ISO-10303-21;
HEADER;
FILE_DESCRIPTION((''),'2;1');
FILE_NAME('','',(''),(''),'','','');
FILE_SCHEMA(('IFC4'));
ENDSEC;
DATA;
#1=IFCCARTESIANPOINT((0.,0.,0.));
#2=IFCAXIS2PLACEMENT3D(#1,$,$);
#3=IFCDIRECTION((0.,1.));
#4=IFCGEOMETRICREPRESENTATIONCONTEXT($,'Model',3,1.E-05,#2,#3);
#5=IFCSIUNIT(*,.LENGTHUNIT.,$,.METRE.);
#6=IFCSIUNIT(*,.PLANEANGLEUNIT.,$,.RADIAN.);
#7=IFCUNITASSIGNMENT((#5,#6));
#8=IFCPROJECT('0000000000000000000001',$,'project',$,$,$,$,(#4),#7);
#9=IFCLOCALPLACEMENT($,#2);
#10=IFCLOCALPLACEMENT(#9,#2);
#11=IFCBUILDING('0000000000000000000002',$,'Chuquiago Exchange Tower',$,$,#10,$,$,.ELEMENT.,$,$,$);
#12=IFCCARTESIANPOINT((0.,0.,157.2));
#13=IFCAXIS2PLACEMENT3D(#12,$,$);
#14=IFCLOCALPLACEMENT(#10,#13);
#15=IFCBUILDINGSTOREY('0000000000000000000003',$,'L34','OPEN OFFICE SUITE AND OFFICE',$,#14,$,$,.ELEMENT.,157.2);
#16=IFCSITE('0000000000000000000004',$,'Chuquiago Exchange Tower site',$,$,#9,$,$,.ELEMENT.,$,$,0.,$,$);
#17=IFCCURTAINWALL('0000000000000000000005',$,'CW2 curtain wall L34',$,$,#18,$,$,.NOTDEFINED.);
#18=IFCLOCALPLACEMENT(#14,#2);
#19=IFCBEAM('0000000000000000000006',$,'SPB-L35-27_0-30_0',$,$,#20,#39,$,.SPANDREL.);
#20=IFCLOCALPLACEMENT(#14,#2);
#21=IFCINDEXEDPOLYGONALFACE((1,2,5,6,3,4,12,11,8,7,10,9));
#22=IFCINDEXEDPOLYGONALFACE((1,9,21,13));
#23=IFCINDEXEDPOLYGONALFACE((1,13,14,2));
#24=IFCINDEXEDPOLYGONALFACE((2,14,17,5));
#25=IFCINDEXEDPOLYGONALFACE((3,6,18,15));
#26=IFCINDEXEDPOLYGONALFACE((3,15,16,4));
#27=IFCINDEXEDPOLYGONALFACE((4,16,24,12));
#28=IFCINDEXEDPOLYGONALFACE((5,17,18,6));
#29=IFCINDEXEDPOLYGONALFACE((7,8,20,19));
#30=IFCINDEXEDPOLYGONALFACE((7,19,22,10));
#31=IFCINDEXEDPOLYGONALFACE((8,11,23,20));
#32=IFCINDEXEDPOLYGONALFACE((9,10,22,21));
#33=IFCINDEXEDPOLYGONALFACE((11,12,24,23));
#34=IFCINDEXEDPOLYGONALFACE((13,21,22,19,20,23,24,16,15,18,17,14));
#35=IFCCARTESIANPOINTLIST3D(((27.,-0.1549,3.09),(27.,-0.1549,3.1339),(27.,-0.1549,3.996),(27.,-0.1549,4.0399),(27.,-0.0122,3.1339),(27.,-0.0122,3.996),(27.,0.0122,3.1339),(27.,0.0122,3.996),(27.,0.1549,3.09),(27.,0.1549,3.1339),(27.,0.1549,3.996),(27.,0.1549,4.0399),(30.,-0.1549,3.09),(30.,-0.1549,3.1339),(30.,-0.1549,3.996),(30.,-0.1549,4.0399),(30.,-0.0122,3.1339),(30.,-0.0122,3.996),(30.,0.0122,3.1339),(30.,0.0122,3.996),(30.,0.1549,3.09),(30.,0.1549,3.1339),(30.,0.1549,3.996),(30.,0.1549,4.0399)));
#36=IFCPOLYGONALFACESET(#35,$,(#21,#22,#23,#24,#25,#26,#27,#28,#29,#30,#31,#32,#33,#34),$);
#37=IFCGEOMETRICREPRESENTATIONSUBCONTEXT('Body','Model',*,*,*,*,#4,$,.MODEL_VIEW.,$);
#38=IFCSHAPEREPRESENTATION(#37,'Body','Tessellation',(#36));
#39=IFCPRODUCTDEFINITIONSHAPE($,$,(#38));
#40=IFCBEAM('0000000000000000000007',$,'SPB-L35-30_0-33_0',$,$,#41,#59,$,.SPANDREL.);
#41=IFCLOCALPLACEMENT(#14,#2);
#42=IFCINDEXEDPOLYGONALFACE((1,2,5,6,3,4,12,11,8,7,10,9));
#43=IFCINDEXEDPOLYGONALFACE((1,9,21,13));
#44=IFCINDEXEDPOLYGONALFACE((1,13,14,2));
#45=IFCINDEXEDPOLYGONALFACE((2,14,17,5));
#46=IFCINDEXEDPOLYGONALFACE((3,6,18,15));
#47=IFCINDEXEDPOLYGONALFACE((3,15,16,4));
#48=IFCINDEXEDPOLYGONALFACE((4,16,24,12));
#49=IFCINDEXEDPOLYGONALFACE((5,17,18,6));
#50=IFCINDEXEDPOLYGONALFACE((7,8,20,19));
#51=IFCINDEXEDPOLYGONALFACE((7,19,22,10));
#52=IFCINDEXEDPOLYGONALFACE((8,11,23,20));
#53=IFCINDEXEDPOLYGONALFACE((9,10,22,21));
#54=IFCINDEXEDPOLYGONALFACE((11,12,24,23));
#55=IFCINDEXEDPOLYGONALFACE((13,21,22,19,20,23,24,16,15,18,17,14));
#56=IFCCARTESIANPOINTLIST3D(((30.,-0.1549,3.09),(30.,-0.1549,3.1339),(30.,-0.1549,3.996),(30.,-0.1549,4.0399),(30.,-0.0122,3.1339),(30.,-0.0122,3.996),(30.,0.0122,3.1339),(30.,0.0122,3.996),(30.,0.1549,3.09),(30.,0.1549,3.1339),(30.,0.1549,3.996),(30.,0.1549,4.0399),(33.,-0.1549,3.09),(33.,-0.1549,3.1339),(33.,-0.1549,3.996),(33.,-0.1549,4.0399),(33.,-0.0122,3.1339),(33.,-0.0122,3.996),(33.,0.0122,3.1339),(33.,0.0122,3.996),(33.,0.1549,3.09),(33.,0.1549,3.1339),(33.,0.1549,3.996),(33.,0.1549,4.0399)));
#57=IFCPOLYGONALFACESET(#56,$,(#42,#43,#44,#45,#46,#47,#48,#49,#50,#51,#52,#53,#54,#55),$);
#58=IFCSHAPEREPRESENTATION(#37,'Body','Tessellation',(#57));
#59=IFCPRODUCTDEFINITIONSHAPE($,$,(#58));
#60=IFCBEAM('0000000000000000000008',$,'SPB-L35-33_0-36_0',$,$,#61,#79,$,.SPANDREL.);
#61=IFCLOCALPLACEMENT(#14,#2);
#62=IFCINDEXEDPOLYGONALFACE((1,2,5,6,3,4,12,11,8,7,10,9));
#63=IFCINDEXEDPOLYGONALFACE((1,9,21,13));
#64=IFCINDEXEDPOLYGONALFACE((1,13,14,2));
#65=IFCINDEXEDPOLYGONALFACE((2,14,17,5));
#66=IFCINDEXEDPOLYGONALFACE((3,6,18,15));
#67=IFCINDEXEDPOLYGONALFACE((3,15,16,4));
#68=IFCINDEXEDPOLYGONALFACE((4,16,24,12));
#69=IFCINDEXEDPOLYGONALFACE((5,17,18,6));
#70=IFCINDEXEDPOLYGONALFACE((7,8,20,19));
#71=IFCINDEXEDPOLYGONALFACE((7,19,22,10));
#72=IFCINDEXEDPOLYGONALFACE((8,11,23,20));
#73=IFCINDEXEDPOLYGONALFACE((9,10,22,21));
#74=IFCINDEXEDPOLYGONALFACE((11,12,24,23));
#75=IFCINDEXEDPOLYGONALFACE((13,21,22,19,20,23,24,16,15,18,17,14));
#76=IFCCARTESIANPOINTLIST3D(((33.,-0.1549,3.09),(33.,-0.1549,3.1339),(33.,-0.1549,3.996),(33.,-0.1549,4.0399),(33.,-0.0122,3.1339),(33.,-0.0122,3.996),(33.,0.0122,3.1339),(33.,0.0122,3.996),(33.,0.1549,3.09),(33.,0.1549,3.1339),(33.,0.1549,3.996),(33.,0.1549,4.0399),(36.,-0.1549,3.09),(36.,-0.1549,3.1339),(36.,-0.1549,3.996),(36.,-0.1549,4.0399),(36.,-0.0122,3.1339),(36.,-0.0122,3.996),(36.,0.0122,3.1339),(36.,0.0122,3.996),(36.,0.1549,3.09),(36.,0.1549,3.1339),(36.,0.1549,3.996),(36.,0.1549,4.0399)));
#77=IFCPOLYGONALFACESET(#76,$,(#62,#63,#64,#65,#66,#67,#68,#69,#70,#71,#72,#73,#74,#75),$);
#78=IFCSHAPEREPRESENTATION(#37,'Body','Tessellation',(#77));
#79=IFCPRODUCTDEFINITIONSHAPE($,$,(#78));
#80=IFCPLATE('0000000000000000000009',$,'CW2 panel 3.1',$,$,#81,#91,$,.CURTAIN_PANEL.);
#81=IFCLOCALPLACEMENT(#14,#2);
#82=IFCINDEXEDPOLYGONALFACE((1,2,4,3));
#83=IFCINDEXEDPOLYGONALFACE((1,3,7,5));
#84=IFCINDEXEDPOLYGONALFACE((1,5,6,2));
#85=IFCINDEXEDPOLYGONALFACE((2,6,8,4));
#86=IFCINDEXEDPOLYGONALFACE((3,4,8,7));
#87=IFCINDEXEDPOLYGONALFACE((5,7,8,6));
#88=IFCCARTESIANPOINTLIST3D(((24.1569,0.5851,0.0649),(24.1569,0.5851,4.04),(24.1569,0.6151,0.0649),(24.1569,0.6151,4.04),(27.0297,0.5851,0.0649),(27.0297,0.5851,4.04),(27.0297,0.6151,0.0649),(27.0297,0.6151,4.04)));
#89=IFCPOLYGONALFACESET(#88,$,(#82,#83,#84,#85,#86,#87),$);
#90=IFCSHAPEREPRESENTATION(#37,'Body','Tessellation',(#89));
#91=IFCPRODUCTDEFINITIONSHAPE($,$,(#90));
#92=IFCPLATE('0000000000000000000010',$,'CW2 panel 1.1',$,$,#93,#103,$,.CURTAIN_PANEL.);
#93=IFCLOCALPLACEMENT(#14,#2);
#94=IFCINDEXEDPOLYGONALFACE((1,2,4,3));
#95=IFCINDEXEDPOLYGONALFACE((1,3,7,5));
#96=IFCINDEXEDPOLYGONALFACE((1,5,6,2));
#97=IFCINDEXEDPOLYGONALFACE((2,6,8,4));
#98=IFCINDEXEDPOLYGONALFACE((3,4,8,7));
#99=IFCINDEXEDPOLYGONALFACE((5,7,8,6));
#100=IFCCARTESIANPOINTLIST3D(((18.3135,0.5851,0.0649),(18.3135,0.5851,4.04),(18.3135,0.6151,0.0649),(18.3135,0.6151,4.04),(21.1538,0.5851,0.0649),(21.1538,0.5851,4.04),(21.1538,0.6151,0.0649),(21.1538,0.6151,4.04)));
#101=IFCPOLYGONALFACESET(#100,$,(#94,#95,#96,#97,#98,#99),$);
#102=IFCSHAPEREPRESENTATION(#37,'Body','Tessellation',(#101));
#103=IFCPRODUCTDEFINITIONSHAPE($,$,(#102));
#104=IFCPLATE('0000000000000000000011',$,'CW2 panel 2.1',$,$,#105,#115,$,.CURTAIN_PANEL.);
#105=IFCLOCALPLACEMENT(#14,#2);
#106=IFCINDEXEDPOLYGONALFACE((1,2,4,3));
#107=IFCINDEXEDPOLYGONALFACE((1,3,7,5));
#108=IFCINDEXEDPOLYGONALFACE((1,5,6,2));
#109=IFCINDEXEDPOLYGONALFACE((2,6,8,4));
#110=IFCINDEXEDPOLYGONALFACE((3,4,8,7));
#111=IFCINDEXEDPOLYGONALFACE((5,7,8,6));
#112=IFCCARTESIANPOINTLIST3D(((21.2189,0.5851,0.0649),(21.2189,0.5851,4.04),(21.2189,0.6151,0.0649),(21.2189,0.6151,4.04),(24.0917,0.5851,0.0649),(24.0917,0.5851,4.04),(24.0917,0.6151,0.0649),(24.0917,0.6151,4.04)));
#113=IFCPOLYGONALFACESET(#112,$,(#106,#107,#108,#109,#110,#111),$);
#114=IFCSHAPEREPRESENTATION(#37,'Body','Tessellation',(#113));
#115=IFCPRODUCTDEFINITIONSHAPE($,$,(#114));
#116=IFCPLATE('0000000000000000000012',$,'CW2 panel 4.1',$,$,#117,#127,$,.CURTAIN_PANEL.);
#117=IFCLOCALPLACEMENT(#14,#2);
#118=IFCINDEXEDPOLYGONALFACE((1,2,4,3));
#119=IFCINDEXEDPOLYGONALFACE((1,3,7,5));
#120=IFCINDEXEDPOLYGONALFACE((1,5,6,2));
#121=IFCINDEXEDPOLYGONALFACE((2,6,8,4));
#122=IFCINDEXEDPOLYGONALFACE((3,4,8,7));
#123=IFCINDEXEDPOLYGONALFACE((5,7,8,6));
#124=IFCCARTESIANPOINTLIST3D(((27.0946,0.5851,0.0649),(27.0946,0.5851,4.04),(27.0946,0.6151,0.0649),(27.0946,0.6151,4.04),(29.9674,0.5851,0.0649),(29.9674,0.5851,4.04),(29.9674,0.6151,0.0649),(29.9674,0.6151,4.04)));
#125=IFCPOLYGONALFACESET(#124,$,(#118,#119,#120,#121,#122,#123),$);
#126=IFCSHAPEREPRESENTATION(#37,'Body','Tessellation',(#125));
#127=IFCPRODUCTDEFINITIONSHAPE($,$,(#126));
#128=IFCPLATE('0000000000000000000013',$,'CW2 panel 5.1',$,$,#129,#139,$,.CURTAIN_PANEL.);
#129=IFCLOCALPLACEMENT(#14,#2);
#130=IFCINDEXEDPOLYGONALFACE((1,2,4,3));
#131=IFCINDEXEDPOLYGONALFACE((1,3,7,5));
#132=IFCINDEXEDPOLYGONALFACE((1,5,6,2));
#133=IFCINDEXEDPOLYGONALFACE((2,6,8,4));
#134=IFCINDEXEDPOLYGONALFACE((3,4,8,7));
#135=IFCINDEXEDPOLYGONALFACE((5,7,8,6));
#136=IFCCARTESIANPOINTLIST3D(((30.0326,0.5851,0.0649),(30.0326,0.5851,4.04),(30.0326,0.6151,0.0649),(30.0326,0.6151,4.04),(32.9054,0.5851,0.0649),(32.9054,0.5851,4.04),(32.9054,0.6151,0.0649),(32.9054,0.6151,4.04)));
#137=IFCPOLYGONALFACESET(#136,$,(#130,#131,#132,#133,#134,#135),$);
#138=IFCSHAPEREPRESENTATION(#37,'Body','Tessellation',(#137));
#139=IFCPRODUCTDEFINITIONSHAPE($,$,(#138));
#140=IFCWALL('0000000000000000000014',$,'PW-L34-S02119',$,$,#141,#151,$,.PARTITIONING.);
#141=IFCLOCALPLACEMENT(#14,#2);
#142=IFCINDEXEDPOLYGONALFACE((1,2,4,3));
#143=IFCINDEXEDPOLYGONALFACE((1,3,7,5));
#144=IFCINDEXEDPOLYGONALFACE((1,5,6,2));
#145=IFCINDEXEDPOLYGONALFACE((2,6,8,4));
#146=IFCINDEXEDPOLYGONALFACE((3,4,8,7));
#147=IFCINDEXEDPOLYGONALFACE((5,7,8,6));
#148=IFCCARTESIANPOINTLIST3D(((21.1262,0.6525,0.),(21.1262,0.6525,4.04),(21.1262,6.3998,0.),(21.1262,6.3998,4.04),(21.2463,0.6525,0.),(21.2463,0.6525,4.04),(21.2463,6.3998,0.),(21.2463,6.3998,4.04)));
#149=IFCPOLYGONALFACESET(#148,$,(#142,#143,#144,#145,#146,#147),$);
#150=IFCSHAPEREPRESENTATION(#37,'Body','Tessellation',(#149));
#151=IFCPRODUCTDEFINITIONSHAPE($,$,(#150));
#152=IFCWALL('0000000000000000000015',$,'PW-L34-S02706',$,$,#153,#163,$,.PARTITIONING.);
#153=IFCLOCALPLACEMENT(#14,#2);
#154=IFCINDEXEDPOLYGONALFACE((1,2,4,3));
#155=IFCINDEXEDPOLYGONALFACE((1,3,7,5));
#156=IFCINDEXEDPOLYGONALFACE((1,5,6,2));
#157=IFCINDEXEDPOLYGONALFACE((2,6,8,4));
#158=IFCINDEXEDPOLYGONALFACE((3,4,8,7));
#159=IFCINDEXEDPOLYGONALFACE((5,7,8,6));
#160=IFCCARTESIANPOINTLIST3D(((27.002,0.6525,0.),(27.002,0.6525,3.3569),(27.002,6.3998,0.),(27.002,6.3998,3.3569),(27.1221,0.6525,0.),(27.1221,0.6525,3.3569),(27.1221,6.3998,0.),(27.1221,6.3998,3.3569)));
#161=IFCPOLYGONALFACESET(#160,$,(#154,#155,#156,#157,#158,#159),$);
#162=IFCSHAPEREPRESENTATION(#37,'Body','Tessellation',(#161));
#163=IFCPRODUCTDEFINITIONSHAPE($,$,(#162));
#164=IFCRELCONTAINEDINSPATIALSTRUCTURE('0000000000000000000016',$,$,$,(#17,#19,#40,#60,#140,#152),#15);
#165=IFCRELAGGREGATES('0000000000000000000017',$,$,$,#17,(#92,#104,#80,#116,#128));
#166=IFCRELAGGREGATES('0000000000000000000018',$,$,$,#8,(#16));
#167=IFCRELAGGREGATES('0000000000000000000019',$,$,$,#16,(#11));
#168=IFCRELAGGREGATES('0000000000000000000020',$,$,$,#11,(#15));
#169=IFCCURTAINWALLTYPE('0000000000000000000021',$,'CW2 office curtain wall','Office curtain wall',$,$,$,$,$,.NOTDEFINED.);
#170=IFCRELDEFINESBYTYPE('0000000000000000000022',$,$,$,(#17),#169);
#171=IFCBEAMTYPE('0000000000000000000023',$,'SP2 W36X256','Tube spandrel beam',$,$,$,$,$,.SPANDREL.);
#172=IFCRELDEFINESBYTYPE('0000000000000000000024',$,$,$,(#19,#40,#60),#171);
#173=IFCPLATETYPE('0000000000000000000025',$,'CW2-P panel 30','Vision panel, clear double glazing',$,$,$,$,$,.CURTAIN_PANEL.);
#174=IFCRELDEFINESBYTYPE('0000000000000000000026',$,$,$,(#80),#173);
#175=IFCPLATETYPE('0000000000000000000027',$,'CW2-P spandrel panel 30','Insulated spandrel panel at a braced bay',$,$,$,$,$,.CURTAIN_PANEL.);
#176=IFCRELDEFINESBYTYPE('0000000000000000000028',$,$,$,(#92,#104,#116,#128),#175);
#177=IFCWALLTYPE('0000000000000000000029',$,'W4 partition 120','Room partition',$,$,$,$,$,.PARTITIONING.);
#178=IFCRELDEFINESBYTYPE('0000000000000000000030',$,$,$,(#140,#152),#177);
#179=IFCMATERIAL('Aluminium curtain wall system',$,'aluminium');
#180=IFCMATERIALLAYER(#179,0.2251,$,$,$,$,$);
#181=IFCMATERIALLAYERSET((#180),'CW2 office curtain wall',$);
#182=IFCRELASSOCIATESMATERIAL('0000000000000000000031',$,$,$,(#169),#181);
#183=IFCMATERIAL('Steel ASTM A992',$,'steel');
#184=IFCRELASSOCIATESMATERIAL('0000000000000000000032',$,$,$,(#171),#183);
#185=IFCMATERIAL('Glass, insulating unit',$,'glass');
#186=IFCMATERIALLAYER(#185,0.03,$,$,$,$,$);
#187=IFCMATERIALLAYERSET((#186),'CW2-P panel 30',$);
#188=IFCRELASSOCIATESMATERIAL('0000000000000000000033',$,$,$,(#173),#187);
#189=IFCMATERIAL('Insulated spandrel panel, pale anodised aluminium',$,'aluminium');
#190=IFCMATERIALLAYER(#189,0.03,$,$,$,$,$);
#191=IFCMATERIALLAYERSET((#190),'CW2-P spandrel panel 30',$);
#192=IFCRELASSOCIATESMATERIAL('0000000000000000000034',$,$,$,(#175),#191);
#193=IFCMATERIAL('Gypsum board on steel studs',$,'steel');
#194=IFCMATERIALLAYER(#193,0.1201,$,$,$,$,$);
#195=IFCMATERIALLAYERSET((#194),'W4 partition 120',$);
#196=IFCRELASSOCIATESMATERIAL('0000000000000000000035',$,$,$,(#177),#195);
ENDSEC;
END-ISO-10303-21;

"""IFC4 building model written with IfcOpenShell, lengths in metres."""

from ifc_helpers import new_model, si_unit, direction, frame, frame_2d, origin, origin_2d, place, context, subcontext, project, spatial, rectangle, i_section, extrude, material, layer, layer_set, material_profile, profile_set, type_object, element, aggregate, save


model = new_model("IFC4")

# Units and contexts
model_context = context("Model", 3, precision=1e-05, world=origin(), true_north=direction((0.0, 1.0)))
body_context = subcontext(model_context, "Body", "Model", "MODEL_VIEW")
ifc_project = project(units=[si_unit("LENGTHUNIT", "METRE"), si_unit("PLANEANGLEUNIT", "RADIAN")], contexts=[model_context])

# Site, building, storey
site_placement = place(None, origin())
site = spatial("IfcSite", under=ifc_project, at=site_placement, Name="Chuquiago Exchange Tower site", CompositionType="ELEMENT", RefElevation=0.0)
building_placement = place(site_placement, origin())
building = spatial("IfcBuilding", under=site, at=building_placement, Name="Chuquiago Exchange Tower", CompositionType="ELEMENT")
storey_placement = place(building_placement, frame((0.0, 0.0, 157.2)))
storey = spatial("IfcBuildingStorey", under=building, at=storey_placement, Name="L34", Description="OPEN OFFICE SUITE AND OFFICE", CompositionType="ELEMENT", Elevation=157.2)

# Curtain wall
ifc_material_1 = material(Name="Aluminium curtain wall system", Category="aluminium")
ifc_layer_1 = layer(ifc_material_1, 0.2251)
ifc_layer_set_1 = layer_set([ifc_layer_1], Name="CW2 office curtain wall")
curtain_wall_type_1 = type_object("IfcCurtainWallType", Name="CW2 office curtain wall", Description="Office curtain wall", PredefinedType="NOTDEFINED", material=ifc_layer_set_1)
curtain_wall_1_placement = place(storey_placement, origin())
curtain_wall_1 = element("IfcCurtainWall", 1, at=curtain_wall_1_placement, inside=storey, type_object=curtain_wall_type_1, Name="CW2 curtain wall L34", PredefinedType="NOTDEFINED")

# Beams
ifc_material_2 = material(Name="Steel ASTM A992", Category="steel")
ifc_material_profile_1 = material_profile(ifc_material_2, i_section(OverallWidth=0.3098, OverallDepth=0.95, WebThickness=0.0244, FlangeThickness=0.0439, at=origin_2d()), Name="W36X256")
ifc_profile_set_1 = profile_set([ifc_material_profile_1], Name="Steel ASTM A992")
beam_type = type_object("IfcBeamType", Name="SP2 W36X256", Description="Tube spandrel beam", PredefinedType="SPANDREL", material=ifc_profile_set_1)
for number, where, z_axis, x_axis, name in (
    (2, (27.0, 0.0, 3.5649), (1.0, 0.0, 0.0), (0.0, 1.0, 0.0), "SPB-L35-27_0-30_0"),
    (3, (30.0, 0.0, 3.5649), (1.0, 0.0, 0.0), (0.0, 1.0, 0.0), "SPB-L35-30_0-33_0"),
    (4, (33.0, 0.0, 3.5649), (1.0, 0.0, 0.0), (0.0, 1.0, 0.0), "SPB-L35-33_0-36_0"),
):
    element("IfcBeam", number, at=place(storey_placement, frame(where, z_axis=z_axis, x_axis=x_axis)), inside=storey, type_object=beam_type, Name=name, PredefinedType="SPANDREL", context=body_context, shape_type="SweptSolid", body=[
        extrude(i_section(OverallWidth=0.3098, OverallDepth=0.95, WebThickness=0.0244, FlangeThickness=0.0439, at=origin_2d()), origin(), (0.0, 0.0, 1.0), 3.0),
    ])

# Plates
ifc_material_3 = material(Name="Glass, insulating unit", Category="glass")
ifc_layer_2 = layer(ifc_material_3, 0.03)
ifc_layer_set_2 = layer_set([ifc_layer_2], Name="CW2-P panel 30")
plate_type_1 = type_object("IfcPlateType", Name="CW2-P panel 30", Description="Vision panel, clear double glazing", PredefinedType="CURTAIN_PANEL", material=ifc_layer_set_2)
plate_1_placement = place(storey_placement, frame((25.5933, 0.6001, 0.0649), z_axis=(0.0, 0.0, 1.0), x_axis=(1.0, 0.0, 0.0)))
plate_1 = element("IfcPlate", 5, at=plate_1_placement, type_object=plate_type_1, Name="CW2 panel 3.1", PredefinedType="CURTAIN_PANEL", context=body_context, shape_type="SweptSolid", body=[
    extrude(rectangle(XDim=2.8728, YDim=0.03, at=origin_2d()), origin(), (0.0, 0.0, 1.0), 3.9751),
])
ifc_material_4 = material(Name="Insulated spandrel panel, pale anodised aluminium", Category="aluminium")
ifc_layer_3 = layer(ifc_material_4, 0.03)
ifc_layer_set_3 = layer_set([ifc_layer_3], Name="CW2-P spandrel panel 30")
plate_type_2 = type_object("IfcPlateType", Name="CW2-P spandrel panel 30", Description="Insulated spandrel panel at a braced bay", PredefinedType="CURTAIN_PANEL", material=ifc_layer_set_3)
plate_2_placement = place(storey_placement, frame((19.7336, 0.6001, 0.0649), z_axis=(0.0, 0.0, 1.0), x_axis=(1.0, 0.0, 0.0)))
plate_2 = element("IfcPlate", 6, at=plate_2_placement, type_object=plate_type_2, Name="CW2 panel 1.1", PredefinedType="CURTAIN_PANEL", context=body_context, shape_type="SweptSolid", body=[
    extrude(rectangle(XDim=2.8403, YDim=0.03, at=origin_2d()), origin(), (0.0, 0.0, 1.0), 3.9751),
])
plate_3_placement = place(storey_placement, frame((22.6553, 0.6001, 0.0649), z_axis=(0.0, 0.0, 1.0), x_axis=(1.0, 0.0, 0.0)))
plate_3 = element("IfcPlate", 7, at=plate_3_placement, type_object=plate_type_2, Name="CW2 panel 2.1", PredefinedType="CURTAIN_PANEL", context=body_context, shape_type="SweptSolid", body=[
    extrude(rectangle(XDim=2.8728, YDim=0.03, at=origin_2d()), origin(), (0.0, 0.0, 1.0), 3.9751),
])
plate_4_placement = place(storey_placement, frame((28.531, 0.6001, 0.0649), z_axis=(0.0, 0.0, 1.0), x_axis=(1.0, 0.0, 0.0)))
plate_4 = element("IfcPlate", 8, at=plate_4_placement, type_object=plate_type_2, Name="CW2 panel 4.1", PredefinedType="CURTAIN_PANEL", context=body_context, shape_type="SweptSolid", body=[
    extrude(rectangle(XDim=2.8728, YDim=0.03, at=origin_2d()), origin(), (0.0, 0.0, 1.0), 3.9751),
])
plate_5_placement = place(storey_placement, frame((31.469, 0.6001, 0.0649), z_axis=(0.0, 0.0, 1.0), x_axis=(1.0, 0.0, 0.0)))
plate_5 = element("IfcPlate", 9, at=plate_5_placement, type_object=plate_type_2, Name="CW2 panel 5.1", PredefinedType="CURTAIN_PANEL", context=body_context, shape_type="SweptSolid", body=[
    extrude(rectangle(XDim=2.8728, YDim=0.03, at=origin_2d()), origin(), (0.0, 0.0, 1.0), 3.9751),
])
aggregate(curtain_wall_1, [plate_2, plate_3, plate_1, plate_4, plate_5])

# Walls
ifc_material_5 = material(Name="Gypsum board on steel studs", Category="steel")
ifc_layer_4 = layer(ifc_material_5, 0.1201)
ifc_layer_set_4 = layer_set([ifc_layer_4], Name="W4 partition 120")
wall_type = type_object("IfcWallType", Name="W4 partition 120", Description="Room partition", PredefinedType="PARTITIONING", material=ifc_layer_set_4)
wall_1_placement = place(storey_placement, frame((21.1863, 0.6526, 0.0), z_axis=(0.0, 0.0, 1.0), x_axis=(0.0, 1.0, 0.0)))
element("IfcWall", 10, at=wall_1_placement, inside=storey, type_object=wall_type, Name="PW-L34-S02119", PredefinedType="PARTITIONING", context=body_context, shape_type="SweptSolid", body=[
    extrude(rectangle(XDim=5.7473, YDim=0.1201, at=frame_2d((2.8735, 0.0))), origin(), (0.0, 0.0, 1.0), 4.04),
])
wall_2_placement = place(storey_placement, frame((27.062, 0.6526, 0.0), z_axis=(0.0, 0.0, 1.0), x_axis=(0.0, 1.0, 0.0)))
element("IfcWall", 11, at=wall_2_placement, inside=storey, type_object=wall_type, Name="PW-L34-S02706", PredefinedType="PARTITIONING", context=body_context, shape_type="SweptSolid", body=[
    extrude(rectangle(XDim=5.7473, YDim=0.1201, at=frame_2d((2.8735, 0.0))), origin(), (0.0, 0.0, 1.0), 3.3569),
])

save(model, "model.ifc")
